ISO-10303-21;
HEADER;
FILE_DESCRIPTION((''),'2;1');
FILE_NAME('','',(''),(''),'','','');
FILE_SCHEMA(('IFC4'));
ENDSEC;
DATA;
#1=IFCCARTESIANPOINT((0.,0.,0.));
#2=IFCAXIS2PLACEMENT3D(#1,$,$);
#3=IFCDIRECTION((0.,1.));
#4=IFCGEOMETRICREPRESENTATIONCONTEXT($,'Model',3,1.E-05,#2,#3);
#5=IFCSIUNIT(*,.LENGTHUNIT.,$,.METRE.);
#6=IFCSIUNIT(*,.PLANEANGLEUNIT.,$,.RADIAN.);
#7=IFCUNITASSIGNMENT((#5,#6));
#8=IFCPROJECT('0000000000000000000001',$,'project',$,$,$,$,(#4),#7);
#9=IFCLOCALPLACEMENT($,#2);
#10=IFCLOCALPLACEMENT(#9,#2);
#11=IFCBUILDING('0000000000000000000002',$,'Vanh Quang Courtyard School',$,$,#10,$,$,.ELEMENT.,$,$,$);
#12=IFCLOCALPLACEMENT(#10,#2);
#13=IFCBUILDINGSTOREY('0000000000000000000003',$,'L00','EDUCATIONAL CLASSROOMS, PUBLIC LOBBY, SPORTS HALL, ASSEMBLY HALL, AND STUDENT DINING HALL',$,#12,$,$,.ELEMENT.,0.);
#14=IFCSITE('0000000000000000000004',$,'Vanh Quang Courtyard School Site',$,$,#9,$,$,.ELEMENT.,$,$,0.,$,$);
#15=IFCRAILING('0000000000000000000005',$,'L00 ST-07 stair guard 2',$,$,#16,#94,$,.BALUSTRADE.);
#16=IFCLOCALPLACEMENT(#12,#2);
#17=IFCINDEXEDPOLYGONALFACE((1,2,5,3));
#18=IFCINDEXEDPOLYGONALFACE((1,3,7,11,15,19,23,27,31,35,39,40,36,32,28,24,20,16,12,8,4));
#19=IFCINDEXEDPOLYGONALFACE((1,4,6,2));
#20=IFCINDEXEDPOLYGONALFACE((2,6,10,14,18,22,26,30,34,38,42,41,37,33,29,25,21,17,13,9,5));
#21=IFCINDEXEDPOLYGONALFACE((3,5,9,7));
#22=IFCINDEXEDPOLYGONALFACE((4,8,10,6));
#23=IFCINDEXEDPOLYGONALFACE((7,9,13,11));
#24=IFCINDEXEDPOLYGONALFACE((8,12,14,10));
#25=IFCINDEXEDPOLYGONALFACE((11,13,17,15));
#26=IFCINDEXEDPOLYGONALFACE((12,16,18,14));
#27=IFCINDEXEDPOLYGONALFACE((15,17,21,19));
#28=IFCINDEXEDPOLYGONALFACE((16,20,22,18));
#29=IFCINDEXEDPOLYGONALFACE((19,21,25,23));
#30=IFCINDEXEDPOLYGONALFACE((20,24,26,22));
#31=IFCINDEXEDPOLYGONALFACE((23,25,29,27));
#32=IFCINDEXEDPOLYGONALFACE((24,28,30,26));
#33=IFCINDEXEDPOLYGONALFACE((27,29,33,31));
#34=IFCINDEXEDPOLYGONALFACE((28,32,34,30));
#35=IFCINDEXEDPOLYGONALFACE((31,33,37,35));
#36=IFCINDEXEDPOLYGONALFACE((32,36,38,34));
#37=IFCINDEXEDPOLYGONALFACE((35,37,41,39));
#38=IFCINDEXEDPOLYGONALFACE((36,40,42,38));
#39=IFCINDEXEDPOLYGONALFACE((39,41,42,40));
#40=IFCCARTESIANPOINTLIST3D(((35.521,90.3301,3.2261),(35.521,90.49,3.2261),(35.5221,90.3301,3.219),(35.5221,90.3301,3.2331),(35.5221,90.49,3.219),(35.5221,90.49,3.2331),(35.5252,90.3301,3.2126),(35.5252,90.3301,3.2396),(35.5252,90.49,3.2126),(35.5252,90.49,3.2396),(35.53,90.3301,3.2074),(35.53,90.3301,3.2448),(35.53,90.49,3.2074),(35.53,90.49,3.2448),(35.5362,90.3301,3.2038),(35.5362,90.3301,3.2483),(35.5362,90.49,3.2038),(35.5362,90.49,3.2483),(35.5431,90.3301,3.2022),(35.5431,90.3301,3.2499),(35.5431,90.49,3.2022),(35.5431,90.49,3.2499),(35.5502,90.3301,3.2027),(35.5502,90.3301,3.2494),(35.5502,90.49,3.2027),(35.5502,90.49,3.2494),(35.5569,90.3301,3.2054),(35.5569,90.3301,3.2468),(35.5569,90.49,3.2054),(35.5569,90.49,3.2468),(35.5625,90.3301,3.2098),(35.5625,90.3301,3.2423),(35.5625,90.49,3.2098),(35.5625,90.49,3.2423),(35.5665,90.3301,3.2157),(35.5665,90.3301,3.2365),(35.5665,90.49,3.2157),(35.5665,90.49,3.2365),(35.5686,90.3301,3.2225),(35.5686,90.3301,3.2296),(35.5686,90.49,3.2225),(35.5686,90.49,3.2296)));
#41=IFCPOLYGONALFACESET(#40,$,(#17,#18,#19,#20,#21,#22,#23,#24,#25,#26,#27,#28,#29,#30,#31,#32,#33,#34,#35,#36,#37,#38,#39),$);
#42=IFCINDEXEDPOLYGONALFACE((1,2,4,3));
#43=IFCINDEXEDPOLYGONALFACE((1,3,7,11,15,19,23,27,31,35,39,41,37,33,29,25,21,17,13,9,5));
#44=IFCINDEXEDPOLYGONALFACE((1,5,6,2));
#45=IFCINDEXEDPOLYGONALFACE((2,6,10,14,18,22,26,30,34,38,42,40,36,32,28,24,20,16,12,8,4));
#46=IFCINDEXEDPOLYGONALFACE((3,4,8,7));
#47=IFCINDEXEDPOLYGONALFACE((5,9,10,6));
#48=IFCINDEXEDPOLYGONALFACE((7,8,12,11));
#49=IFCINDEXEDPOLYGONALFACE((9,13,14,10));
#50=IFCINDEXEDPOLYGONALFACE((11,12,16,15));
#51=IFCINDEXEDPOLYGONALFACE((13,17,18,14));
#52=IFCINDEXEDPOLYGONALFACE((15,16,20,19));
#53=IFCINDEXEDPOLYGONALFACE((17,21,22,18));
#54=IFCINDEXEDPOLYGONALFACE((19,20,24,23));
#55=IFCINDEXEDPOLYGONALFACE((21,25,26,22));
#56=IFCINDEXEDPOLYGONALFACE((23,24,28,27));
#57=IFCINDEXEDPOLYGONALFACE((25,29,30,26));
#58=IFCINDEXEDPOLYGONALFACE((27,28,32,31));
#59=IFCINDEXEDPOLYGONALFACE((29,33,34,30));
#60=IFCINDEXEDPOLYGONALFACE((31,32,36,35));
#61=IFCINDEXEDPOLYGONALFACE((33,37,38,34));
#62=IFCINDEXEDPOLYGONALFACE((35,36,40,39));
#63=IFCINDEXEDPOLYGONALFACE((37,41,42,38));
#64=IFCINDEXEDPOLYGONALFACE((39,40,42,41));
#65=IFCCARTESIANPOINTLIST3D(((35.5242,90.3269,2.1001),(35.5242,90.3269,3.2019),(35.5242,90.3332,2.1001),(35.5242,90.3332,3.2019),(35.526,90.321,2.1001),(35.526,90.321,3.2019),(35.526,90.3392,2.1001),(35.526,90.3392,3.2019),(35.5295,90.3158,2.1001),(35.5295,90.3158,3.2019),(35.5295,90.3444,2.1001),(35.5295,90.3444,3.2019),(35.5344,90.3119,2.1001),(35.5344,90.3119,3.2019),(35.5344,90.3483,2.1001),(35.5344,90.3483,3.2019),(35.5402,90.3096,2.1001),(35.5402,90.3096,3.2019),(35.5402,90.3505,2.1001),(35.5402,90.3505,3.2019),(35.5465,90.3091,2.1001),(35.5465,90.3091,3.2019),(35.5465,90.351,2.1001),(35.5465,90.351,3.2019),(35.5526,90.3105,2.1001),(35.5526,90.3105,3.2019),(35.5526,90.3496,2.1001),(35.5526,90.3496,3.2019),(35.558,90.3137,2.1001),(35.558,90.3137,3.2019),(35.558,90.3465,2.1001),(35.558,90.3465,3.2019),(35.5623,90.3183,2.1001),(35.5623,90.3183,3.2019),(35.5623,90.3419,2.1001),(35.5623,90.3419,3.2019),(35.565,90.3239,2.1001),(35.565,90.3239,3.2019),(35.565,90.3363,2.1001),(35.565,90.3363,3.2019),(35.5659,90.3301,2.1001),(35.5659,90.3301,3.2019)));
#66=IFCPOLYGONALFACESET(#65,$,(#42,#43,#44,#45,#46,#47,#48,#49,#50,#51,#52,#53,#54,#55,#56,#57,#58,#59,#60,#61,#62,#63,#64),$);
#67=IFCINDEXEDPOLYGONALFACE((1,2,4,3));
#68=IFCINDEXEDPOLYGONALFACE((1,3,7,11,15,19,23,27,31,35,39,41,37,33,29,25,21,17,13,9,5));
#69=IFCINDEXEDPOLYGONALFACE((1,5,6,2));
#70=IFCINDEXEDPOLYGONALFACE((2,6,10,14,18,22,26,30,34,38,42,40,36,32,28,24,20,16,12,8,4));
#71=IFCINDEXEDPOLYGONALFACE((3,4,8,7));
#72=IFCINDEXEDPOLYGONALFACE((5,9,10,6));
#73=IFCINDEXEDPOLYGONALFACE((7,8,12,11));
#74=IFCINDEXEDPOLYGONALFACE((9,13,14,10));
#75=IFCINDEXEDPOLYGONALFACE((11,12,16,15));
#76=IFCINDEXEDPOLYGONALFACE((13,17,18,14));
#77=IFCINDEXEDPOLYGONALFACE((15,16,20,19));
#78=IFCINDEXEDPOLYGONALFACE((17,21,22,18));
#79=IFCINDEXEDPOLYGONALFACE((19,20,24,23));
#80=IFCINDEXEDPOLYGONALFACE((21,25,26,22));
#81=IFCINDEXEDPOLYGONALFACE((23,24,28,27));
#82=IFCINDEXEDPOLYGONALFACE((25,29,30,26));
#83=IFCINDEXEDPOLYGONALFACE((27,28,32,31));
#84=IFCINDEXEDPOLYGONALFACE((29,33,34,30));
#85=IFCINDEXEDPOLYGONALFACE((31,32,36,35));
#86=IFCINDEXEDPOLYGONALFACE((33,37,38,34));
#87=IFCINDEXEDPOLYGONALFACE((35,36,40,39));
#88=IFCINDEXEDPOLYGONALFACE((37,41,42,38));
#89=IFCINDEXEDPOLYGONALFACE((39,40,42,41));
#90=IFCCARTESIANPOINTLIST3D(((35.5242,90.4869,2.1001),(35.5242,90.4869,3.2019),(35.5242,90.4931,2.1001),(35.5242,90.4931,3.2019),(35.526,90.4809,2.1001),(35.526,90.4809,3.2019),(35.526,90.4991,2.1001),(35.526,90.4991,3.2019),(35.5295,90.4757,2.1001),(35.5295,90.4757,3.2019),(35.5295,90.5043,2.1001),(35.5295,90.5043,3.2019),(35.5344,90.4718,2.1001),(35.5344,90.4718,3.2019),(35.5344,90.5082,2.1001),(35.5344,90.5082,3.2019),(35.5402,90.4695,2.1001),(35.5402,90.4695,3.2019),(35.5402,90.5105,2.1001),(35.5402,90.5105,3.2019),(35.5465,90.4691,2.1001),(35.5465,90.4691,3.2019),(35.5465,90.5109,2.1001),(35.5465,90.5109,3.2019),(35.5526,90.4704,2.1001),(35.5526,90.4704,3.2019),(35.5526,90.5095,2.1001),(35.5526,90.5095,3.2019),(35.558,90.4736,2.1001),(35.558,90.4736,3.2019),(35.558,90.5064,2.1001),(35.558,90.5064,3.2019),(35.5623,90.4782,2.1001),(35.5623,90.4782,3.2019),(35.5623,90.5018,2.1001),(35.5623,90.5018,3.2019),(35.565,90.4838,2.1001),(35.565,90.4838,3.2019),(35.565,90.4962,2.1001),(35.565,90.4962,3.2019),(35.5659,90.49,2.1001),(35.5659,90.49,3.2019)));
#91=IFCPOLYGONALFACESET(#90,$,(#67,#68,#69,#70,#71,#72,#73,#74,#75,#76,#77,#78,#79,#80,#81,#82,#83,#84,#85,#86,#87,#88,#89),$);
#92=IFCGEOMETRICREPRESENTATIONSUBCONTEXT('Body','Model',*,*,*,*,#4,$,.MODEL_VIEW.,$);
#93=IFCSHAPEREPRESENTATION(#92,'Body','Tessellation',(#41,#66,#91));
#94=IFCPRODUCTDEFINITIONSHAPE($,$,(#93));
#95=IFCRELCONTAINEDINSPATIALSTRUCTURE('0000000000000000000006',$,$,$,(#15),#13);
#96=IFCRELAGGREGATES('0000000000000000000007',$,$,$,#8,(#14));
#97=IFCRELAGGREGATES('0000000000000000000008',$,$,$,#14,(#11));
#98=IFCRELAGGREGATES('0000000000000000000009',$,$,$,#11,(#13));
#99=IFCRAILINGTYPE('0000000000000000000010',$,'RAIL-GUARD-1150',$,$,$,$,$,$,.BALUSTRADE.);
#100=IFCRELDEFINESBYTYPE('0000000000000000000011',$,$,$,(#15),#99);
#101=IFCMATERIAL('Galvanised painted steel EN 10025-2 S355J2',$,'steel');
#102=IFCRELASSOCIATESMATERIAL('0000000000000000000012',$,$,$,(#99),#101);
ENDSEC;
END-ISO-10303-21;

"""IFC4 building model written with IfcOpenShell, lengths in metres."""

from ifc_helpers import new_model, si_unit, direction, frame, origin, origin_2d, place, context, subcontext, project, spatial, circle, extrude, material, type_object, element, save


model = new_model("IFC4")

# Units and contexts
model_context = context("Model", 3, precision=1e-05, world=origin(), true_north=direction((0.0, 1.0)))
body_context = subcontext(model_context, "Body", "Model", "MODEL_VIEW")
ifc_project = project(units=[si_unit("LENGTHUNIT", "METRE"), si_unit("PLANEANGLEUNIT", "RADIAN")], contexts=[model_context])

# Site, building, storey
site_placement = place(None, origin())
site = spatial("IfcSite", under=ifc_project, at=site_placement, Name="Vanh Quang Courtyard School Site", CompositionType="ELEMENT", RefElevation=0.0)
building_placement = place(site_placement, origin())
building = spatial("IfcBuilding", under=site, at=building_placement, Name="Vanh Quang Courtyard School", CompositionType="ELEMENT")
storey_placement = place(building_placement, origin())
storey = spatial("IfcBuildingStorey", under=building, at=storey_placement, Name="L00", Description="EDUCATIONAL CLASSROOMS, PUBLIC LOBBY, SPORTS HALL, ASSEMBLY HALL, AND STUDENT DINING HALL", CompositionType="ELEMENT", Elevation=0.0)

# Railing
ifc_material_1 = material(Name="Galvanised painted steel EN 10025-2 S355J2", Category="steel")
railing_type_1 = type_object("IfcRailingType", Name="RAIL-GUARD-1150", PredefinedType="BALUSTRADE", material=ifc_material_1)
railing_1_placement = place(storey_placement, frame((35.5449, 90.3301, 2.1001)))
element("IfcRailing", 1, at=railing_1_placement, inside=storey, type_object=railing_type_1, Name="L00 ST-07 stair guard 2", PredefinedType="BALUSTRADE", context=body_context, shape_type="SweptSolid", body=[
    extrude(circle(Radius=0.0239, at=origin_2d()), frame((0.0, 0.0, 1.126), z_axis=(0.0, 1.0, 0.0), x_axis=(-1.0, 0.0, 0.0)), (0.0, 0.0, 1.0), 0.1599),
    extrude(circle(Radius=0.021, at=origin_2d()), origin(), (0.0, 0.0, 1.0), 1.1018),
    extrude(circle(Radius=0.021, at=origin_2d()), frame((0.0, 0.1599, 0.0)), (0.0, 0.0, 1.0), 1.1018),
])

save(model, "model.ifc")
